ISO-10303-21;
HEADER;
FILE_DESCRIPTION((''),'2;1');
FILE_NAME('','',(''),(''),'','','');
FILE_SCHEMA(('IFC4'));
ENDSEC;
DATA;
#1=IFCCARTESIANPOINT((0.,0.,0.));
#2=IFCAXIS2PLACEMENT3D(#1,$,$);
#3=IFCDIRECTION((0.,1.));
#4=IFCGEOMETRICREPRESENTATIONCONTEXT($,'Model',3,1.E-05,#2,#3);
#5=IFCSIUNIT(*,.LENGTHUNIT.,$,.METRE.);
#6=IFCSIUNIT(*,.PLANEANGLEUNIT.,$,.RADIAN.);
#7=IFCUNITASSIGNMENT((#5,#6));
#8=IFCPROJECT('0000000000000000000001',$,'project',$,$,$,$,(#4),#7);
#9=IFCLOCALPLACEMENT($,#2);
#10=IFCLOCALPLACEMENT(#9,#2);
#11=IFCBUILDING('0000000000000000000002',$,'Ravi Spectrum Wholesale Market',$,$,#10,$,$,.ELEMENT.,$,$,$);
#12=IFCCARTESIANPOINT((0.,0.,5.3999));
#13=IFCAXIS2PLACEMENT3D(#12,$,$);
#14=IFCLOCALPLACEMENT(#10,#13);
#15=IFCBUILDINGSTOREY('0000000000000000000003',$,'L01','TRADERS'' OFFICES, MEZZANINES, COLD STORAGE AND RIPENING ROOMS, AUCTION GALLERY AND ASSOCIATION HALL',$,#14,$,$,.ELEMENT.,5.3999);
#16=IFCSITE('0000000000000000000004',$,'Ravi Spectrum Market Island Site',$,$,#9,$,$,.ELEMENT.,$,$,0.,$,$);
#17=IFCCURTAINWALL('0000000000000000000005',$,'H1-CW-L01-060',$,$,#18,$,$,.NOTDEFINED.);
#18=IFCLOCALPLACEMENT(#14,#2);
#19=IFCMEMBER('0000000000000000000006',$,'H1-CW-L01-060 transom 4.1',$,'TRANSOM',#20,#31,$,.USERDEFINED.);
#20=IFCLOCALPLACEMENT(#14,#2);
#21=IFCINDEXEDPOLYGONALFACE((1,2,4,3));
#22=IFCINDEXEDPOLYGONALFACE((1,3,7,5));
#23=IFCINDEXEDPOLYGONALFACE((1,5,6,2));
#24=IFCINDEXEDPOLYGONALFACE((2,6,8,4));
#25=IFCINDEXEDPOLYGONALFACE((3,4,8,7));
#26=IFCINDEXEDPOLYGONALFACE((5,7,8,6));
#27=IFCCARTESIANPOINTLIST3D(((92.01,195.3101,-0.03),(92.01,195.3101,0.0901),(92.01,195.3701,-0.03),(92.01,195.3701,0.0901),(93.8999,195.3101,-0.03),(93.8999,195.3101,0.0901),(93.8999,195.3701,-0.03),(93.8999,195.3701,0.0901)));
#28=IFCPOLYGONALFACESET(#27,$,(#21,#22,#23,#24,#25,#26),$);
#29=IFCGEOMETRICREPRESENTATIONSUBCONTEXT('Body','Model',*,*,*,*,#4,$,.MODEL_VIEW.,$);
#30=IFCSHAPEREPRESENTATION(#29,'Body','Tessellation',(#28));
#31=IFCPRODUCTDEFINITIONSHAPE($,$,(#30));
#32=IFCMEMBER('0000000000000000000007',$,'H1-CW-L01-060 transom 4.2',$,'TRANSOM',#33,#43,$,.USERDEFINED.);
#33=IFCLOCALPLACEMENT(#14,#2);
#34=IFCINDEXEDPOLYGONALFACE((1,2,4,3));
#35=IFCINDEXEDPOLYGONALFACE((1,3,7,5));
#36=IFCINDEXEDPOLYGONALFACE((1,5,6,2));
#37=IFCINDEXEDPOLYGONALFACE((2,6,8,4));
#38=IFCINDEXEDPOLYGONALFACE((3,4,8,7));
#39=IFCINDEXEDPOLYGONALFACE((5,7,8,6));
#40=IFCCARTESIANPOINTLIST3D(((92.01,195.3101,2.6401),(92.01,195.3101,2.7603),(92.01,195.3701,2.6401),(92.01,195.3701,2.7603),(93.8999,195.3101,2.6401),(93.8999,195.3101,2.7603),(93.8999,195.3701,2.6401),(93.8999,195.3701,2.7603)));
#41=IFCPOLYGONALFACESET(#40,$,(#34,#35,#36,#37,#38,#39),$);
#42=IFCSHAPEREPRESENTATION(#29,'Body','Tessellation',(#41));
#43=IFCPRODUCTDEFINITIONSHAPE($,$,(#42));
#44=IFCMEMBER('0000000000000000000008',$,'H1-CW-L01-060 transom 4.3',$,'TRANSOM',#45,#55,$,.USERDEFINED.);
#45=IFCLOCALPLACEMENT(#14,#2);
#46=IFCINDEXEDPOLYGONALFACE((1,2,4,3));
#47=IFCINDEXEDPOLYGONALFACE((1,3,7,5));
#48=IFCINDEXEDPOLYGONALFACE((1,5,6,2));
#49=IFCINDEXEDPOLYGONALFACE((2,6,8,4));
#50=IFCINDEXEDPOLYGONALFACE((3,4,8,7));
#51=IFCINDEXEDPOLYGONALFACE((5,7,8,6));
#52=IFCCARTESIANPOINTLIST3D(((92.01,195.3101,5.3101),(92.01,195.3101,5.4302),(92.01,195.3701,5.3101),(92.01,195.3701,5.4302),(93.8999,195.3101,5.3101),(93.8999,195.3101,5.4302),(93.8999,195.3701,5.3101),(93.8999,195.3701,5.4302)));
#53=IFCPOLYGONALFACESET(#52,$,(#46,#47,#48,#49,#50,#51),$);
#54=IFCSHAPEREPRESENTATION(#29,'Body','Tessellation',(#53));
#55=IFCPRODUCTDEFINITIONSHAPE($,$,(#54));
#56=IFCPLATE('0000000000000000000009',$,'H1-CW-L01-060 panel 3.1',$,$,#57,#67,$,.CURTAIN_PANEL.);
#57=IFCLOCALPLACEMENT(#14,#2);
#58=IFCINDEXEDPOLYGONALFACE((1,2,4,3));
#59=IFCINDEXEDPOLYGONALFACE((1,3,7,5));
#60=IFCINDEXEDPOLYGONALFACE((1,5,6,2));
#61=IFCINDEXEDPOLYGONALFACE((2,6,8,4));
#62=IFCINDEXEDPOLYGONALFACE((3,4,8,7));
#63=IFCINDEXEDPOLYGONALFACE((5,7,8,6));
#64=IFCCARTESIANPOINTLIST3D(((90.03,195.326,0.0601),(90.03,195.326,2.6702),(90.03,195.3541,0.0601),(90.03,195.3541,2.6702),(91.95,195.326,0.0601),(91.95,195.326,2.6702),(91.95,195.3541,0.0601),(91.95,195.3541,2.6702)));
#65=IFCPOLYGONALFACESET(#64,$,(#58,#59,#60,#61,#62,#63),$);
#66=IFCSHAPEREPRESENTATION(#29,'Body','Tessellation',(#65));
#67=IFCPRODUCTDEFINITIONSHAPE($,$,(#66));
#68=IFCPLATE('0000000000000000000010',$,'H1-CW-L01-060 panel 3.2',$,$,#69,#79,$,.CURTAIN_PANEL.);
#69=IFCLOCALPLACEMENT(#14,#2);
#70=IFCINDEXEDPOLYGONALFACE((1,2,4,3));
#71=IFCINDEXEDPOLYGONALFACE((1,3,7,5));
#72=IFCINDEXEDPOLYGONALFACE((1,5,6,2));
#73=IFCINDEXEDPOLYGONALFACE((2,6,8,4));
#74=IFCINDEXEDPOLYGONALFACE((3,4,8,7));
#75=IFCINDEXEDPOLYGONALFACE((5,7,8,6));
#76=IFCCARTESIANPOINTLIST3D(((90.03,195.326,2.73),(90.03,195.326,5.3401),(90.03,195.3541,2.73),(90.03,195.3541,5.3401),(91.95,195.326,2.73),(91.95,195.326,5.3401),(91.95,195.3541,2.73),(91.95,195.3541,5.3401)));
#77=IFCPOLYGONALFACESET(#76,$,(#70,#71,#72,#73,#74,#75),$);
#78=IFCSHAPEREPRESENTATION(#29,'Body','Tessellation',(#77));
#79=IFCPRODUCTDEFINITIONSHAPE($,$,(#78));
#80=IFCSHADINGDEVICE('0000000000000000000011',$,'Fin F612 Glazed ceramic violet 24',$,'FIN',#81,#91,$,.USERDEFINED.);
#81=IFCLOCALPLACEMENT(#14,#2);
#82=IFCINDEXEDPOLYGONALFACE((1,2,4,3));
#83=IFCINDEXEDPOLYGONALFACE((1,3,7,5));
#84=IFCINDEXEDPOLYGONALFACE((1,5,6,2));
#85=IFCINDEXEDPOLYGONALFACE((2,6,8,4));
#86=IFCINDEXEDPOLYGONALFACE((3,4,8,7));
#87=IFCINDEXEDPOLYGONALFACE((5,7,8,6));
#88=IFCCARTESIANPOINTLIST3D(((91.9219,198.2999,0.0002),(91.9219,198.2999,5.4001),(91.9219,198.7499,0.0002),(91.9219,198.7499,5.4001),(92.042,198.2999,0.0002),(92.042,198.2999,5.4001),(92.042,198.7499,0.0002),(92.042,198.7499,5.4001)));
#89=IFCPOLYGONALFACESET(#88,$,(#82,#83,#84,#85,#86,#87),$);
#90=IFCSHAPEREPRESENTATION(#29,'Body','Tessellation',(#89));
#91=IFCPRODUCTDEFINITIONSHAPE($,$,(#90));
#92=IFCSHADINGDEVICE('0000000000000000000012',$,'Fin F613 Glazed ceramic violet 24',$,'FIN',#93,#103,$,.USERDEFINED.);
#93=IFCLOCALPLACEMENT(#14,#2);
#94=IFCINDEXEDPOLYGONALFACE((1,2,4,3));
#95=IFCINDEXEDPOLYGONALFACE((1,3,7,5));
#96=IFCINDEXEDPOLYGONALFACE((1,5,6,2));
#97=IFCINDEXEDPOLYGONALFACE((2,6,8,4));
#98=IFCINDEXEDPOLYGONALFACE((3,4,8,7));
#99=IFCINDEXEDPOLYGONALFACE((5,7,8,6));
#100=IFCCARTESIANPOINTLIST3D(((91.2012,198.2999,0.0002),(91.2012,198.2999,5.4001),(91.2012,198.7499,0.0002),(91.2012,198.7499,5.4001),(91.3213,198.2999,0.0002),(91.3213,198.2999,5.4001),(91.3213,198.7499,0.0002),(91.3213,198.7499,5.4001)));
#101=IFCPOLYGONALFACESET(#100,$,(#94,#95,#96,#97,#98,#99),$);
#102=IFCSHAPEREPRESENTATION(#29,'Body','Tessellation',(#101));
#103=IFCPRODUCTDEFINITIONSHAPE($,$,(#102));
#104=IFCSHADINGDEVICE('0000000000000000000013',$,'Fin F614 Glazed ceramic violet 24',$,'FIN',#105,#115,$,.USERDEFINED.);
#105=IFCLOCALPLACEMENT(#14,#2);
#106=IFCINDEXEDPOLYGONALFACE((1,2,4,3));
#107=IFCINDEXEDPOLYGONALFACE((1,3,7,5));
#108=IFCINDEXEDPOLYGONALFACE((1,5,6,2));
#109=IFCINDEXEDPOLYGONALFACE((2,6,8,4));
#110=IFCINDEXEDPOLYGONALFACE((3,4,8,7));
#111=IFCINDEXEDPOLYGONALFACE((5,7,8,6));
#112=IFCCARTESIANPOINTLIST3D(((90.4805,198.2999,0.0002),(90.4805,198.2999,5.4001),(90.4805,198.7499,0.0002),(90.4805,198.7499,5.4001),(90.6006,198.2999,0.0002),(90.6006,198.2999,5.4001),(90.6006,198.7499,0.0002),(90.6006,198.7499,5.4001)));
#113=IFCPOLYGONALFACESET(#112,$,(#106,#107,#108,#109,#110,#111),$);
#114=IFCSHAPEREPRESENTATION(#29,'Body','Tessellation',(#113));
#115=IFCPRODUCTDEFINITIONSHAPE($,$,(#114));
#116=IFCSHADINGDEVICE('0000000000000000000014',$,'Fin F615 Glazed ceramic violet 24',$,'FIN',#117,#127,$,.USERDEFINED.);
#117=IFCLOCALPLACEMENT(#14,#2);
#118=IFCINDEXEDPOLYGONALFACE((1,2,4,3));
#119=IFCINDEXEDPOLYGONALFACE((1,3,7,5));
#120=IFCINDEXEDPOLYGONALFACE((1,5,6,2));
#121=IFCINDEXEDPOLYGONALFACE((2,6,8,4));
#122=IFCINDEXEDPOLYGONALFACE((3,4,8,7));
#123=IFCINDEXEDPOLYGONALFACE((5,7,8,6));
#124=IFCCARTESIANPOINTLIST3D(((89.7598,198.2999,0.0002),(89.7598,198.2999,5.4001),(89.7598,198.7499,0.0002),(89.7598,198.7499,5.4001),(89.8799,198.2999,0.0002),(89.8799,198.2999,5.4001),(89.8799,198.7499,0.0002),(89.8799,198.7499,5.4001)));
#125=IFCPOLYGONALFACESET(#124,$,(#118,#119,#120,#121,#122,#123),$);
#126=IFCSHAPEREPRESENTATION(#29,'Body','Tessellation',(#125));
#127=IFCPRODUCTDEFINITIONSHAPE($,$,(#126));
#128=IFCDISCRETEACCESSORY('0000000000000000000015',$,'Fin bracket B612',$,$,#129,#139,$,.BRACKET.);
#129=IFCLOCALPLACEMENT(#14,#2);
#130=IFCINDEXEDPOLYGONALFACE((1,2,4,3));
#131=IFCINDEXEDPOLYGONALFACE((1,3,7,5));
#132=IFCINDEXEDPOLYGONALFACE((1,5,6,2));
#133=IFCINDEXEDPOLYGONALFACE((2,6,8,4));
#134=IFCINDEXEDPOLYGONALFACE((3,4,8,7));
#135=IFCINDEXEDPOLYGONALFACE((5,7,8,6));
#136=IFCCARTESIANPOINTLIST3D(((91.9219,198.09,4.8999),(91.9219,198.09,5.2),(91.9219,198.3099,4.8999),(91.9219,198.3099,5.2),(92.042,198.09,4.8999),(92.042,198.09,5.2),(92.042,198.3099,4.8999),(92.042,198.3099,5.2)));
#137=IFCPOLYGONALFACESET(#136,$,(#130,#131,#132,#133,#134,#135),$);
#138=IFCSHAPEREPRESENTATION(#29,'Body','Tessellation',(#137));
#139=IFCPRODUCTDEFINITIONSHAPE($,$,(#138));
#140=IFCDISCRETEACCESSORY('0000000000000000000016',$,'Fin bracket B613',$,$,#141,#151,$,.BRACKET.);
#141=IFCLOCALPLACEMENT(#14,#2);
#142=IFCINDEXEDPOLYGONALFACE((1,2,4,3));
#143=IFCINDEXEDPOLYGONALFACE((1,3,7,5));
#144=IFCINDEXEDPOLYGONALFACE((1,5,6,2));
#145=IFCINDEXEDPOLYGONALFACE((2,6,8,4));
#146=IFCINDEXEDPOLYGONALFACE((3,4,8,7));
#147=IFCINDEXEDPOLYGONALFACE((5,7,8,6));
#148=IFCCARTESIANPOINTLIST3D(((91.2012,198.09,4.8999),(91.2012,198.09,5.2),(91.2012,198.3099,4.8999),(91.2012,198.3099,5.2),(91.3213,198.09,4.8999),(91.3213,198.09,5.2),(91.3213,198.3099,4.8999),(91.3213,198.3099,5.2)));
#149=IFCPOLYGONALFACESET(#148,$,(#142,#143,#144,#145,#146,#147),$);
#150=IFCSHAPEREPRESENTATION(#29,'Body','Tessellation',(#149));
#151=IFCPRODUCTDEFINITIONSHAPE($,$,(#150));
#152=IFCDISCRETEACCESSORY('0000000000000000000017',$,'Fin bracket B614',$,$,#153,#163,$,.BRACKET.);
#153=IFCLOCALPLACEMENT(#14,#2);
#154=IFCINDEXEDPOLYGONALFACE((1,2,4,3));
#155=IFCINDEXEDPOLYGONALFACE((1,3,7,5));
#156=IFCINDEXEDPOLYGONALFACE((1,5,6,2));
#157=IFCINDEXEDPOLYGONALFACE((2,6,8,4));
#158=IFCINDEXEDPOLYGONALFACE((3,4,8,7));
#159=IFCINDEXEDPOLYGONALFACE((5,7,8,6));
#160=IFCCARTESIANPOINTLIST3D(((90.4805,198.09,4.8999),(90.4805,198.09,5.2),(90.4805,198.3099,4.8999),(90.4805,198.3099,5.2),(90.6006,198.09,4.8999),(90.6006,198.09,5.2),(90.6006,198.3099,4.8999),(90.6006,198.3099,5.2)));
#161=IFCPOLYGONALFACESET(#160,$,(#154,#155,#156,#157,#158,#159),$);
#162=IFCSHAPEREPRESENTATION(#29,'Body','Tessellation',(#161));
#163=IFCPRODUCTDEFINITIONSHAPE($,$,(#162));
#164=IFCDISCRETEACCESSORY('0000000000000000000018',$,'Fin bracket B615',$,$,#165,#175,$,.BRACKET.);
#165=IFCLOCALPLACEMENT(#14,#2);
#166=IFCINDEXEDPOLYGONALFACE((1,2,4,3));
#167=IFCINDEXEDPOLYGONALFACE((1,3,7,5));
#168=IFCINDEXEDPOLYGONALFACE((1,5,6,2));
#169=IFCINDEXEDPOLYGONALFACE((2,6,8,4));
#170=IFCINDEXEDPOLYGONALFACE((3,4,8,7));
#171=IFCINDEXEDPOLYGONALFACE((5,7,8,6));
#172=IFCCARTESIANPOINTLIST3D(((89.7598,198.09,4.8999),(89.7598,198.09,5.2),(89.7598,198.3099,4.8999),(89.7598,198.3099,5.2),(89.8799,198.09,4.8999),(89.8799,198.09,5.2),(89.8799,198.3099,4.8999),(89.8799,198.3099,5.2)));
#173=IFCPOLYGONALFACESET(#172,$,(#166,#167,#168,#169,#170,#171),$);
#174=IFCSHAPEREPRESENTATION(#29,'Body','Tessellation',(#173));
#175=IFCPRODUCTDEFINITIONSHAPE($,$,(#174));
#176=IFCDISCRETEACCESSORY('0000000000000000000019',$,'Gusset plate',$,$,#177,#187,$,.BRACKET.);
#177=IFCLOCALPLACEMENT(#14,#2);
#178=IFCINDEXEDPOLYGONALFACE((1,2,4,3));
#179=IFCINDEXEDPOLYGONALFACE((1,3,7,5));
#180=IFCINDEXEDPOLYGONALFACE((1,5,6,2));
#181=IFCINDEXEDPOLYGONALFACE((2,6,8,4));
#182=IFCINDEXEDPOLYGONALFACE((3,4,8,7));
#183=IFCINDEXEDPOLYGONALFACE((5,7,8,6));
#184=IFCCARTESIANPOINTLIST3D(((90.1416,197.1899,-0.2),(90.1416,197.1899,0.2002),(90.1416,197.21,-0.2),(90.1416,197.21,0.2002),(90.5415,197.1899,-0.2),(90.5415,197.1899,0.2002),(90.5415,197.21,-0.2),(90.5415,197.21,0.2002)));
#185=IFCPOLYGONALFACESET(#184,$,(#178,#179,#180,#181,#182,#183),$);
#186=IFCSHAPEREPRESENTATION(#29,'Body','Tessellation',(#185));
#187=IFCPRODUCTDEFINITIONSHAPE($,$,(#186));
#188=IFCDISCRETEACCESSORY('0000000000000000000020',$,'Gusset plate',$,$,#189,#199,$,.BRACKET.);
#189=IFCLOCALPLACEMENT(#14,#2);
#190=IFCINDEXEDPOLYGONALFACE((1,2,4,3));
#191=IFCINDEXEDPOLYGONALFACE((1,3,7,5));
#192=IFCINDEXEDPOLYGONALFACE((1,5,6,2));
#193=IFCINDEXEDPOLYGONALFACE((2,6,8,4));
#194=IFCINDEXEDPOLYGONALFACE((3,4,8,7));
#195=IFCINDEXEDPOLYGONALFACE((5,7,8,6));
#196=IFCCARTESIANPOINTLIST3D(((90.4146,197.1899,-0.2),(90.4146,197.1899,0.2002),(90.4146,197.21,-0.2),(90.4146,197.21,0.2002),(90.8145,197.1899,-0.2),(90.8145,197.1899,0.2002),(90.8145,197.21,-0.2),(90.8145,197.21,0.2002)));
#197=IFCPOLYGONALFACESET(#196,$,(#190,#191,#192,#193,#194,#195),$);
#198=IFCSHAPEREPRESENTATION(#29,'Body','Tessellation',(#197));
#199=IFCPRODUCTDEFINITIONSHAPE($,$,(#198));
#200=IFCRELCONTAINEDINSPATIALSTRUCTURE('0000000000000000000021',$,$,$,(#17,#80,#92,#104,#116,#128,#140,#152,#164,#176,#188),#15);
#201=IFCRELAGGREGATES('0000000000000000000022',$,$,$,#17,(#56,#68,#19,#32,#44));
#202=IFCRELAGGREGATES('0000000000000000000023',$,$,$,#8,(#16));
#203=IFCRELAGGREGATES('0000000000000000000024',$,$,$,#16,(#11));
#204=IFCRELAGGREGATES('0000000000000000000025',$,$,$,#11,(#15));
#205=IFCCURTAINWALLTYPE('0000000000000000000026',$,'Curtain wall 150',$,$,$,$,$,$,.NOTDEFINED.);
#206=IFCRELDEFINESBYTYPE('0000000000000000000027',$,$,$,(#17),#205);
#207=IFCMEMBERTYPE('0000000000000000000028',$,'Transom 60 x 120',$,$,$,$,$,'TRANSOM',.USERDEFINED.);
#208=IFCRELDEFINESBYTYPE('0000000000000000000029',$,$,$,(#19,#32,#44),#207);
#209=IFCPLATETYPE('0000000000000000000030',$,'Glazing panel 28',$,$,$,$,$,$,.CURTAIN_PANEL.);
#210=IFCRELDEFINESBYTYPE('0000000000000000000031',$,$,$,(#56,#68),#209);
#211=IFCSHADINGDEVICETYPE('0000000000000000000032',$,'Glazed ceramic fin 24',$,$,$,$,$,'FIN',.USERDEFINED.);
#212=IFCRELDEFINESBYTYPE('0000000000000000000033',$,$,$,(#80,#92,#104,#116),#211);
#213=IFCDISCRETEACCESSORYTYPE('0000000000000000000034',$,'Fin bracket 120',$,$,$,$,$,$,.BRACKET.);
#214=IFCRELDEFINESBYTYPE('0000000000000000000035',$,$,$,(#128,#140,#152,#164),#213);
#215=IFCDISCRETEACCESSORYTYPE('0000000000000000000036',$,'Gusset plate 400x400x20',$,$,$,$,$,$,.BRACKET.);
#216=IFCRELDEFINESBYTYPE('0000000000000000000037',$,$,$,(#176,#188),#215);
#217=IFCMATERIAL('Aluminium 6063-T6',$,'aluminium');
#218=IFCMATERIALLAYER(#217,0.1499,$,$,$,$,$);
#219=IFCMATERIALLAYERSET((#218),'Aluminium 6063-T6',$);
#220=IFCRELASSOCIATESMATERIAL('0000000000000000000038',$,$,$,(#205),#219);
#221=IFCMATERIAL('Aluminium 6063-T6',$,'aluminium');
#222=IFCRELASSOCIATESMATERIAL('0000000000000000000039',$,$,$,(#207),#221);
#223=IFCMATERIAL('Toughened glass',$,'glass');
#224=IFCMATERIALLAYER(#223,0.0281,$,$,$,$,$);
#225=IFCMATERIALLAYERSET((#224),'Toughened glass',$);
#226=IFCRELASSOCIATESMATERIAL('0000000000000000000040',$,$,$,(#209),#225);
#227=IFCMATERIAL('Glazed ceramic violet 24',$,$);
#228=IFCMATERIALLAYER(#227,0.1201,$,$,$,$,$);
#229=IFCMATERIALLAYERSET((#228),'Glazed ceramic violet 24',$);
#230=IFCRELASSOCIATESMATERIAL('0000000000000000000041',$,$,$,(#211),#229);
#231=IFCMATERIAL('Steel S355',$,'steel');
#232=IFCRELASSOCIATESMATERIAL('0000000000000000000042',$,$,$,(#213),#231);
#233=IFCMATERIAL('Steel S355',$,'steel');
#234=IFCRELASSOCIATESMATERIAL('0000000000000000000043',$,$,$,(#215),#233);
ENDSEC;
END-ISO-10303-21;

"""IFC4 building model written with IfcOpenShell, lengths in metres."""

from ifc_helpers import new_model, si_unit, direction, frame, origin, origin_2d, place, context, subcontext, project, spatial, rectangle, extrude, material, layer, layer_set, material_profile, profile_set, type_object, element, aggregate, save


model = new_model("IFC4")

# Units and contexts
model_context = context("Model", 3, precision=1e-05, world=origin(), true_north=direction((0.0, 1.0)))
body_context = subcontext(model_context, "Body", "Model", "MODEL_VIEW")
ifc_project = project(units=[si_unit("LENGTHUNIT", "METRE"), si_unit("PLANEANGLEUNIT", "RADIAN")], contexts=[model_context])

# Site, building, storey
site_placement = place(None, origin())
site = spatial("IfcSite", under=ifc_project, at=site_placement, Name="Ravi Spectrum Market Island Site", CompositionType="ELEMENT", RefElevation=0.0)
building_placement = place(site_placement, origin())
building = spatial("IfcBuilding", under=site, at=building_placement, Name="Ravi Spectrum Wholesale Market", CompositionType="ELEMENT")
storey_placement = place(building_placement, frame((0.0, 0.0, 5.3999)))
storey = spatial("IfcBuildingStorey", under=building, at=storey_placement, Name="L01", Description="TRADERS' OFFICES, MEZZANINES, COLD STORAGE AND RIPENING ROOMS, AUCTION GALLERY AND ASSOCIATION HALL", CompositionType="ELEMENT", Elevation=5.3999)

# Curtain wall
ifc_material_1 = material(Name="Aluminium 6063-T6", Category="aluminium")
ifc_layer_1 = layer(ifc_material_1, 0.1499)
ifc_layer_set_1 = layer_set([ifc_layer_1], Name="Aluminium 6063-T6")
curtain_wall_type = type_object("IfcCurtainWallType", Name="Curtain wall 150", PredefinedType="NOTDEFINED", material=ifc_layer_set_1)
curtain_wall_placement = place(storey_placement, origin())
curtain_wall = element("IfcCurtainWall", 1, at=curtain_wall_placement, inside=storey, type_object=curtain_wall_type, Name="H1-CW-L01-060", PredefinedType="NOTDEFINED")

# Members
ifc_material_2 = material(Name="Aluminium 6063-T6", Category="aluminium")
ifc_material_profile_1 = material_profile(ifc_material_2, rectangle(XDim=0.0601, YDim=0.1201, at=origin_2d()))
ifc_profile_set_1 = profile_set([ifc_material_profile_1], Name="Aluminium 6063-T6")
member_type_1 = type_object("IfcMemberType", Name="Transom 60 x 120", ElementType="TRANSOM", PredefinedType="USERDEFINED", material=ifc_profile_set_1)
member_1_placement = place(storey_placement, frame((92.01, 195.3401, 0.03), z_axis=(1.0, 0.0, 0.0), x_axis=(0.0, 1.0, 0.0)))
member_1 = element("IfcMember", 2, at=member_1_placement, type_object=member_type_1, Name="H1-CW-L01-060 transom 4.1", ObjectType="TRANSOM", PredefinedType="USERDEFINED", context=body_context, shape_type="SweptSolid", body=[
    extrude(rectangle(XDim=0.0601, YDim=0.1201, at=origin_2d()), origin(), (0.0, 0.0, 1.0), 1.8899),
])
member_2_placement = place(storey_placement, frame((92.01, 195.3401, 2.7002), z_axis=(1.0, 0.0, 0.0), x_axis=(0.0, 1.0, 0.0)))
member_2 = element("IfcMember", 3, at=member_2_placement, type_object=member_type_1, Name="H1-CW-L01-060 transom 4.2", ObjectType="TRANSOM", PredefinedType="USERDEFINED", context=body_context, shape_type="SweptSolid", body=[
    extrude(rectangle(XDim=0.0601, YDim=0.1201, at=origin_2d()), origin(), (0.0, 0.0, 1.0), 1.8899),
])
member_3_placement = place(storey_placement, frame((92.01, 195.3401, 5.3701), z_axis=(1.0, 0.0, 0.0), x_axis=(0.0, 1.0, 0.0)))
member_3 = element("IfcMember", 4, at=member_3_placement, type_object=member_type_1, Name="H1-CW-L01-060 transom 4.3", ObjectType="TRANSOM", PredefinedType="USERDEFINED", context=body_context, shape_type="SweptSolid", body=[
    extrude(rectangle(XDim=0.0601, YDim=0.1201, at=origin_2d()), origin(), (0.0, 0.0, 1.0), 1.8899),
])

# Plates
ifc_material_3 = material(Name="Toughened glass", Category="glass")
ifc_layer_2 = layer(ifc_material_3, 0.0281)
ifc_layer_set_2 = layer_set([ifc_layer_2], Name="Toughened glass")
plate_type = type_object("IfcPlateType", Name="Glazing panel 28", PredefinedType="CURTAIN_PANEL", material=ifc_layer_set_2)
plate_1_placement = place(storey_placement, frame((90.99, 195.3401, 0.0601), z_axis=(0.0, 0.0, 1.0), x_axis=(1.0, 0.0, 0.0)))
plate_1 = element("IfcPlate", 5, at=plate_1_placement, type_object=plate_type, Name="H1-CW-L01-060 panel 3.1", PredefinedType="CURTAIN_PANEL", context=body_context, shape_type="SweptSolid", body=[
    extrude(rectangle(XDim=1.9199, YDim=0.0281, at=origin_2d()), origin(), (0.0, 0.0, 1.0), 2.6101),
])
plate_2_placement = place(storey_placement, frame((90.99, 195.3401, 2.73), z_axis=(0.0, 0.0, 1.0), x_axis=(1.0, 0.0, 0.0)))
plate_2 = element("IfcPlate", 6, at=plate_2_placement, type_object=plate_type, Name="H1-CW-L01-060 panel 3.2", PredefinedType="CURTAIN_PANEL", context=body_context, shape_type="SweptSolid", body=[
    extrude(rectangle(XDim=1.9199, YDim=0.0281, at=origin_2d()), origin(), (0.0, 0.0, 1.0), 2.6101),
])
aggregate(curtain_wall, [plate_1, plate_2, member_1, member_2, member_3])

# Shading devices
ifc_material_4 = material(Name="Glazed ceramic violet 24")
ifc_layer_3 = layer(ifc_material_4, 0.1201)
ifc_layer_set_3 = layer_set([ifc_layer_3], Name="Glazed ceramic violet 24")
shading_device_type = type_object("IfcShadingDeviceType", Name="Glazed ceramic fin 24", ElementType="FIN", PredefinedType="USERDEFINED", material=ifc_layer_set_3)
for number, where, z_axis, x_axis, name in (
    (7, (91.9819, 198.5249, 0.0002), (0.0, 0.0, 1.0), (-1.0, 0.0, 0.0), "Fin F612 Glazed ceramic violet 24"),
    (8, (91.2612, 198.5249, 0.0002), (0.0, 0.0, 1.0), (-1.0, 0.0, 0.0), "Fin F613 Glazed ceramic violet 24"),
    (9, (90.5405, 198.5249, 0.0002), (0.0, 0.0, 1.0), (-1.0, 0.0, 0.0), "Fin F614 Glazed ceramic violet 24"),
    (10, (89.8198, 198.5249, 0.0002), (0.0, 0.0, 1.0), (-1.0, 0.0, 0.0), "Fin F615 Glazed ceramic violet 24"),
):
    element("IfcShadingDevice", number, at=place(storey_placement, frame(where, z_axis=z_axis, x_axis=x_axis)), inside=storey, type_object=shading_device_type, Name=name, ObjectType="FIN", PredefinedType="USERDEFINED", context=body_context, shape_type="SweptSolid", body=[
        extrude(rectangle(XDim=0.1201, YDim=0.45, at=origin_2d()), origin(), (0.0, 0.0, 1.0), 5.3999),
    ])

# Discrete accessories
ifc_material_5 = material(Name="Steel S355", Category="steel")
discrete_accessory_type_1 = type_object("IfcDiscreteAccessoryType", Name="Fin bracket 120", PredefinedType="BRACKET", material=ifc_material_5)
for number, where, z_axis, x_axis, name in (
    (11, (91.9819, 198.2, 4.8999), (0.0, 0.0, 1.0), (-1.0, 0.0, 0.0), "Fin bracket B612"),
    (12, (91.2612, 198.2, 4.8999), (0.0, 0.0, 1.0), (-1.0, 0.0, 0.0), "Fin bracket B613"),
    (13, (90.5405, 198.2, 4.8999), (0.0, 0.0, 1.0), (-1.0, 0.0, 0.0), "Fin bracket B614"),
    (14, (89.8198, 198.2, 4.8999), (0.0, 0.0, 1.0), (-1.0, 0.0, 0.0), "Fin bracket B615"),
):
    element("IfcDiscreteAccessory", number, at=place(storey_placement, frame(where, z_axis=z_axis, x_axis=x_axis)), inside=storey, type_object=discrete_accessory_type_1, Name=name, PredefinedType="BRACKET", context=body_context, shape_type="SweptSolid", body=[
        extrude(rectangle(XDim=0.1201, YDim=0.22, at=origin_2d()), origin(), (0.0, 0.0, 1.0), 0.3),
    ])
ifc_material_6 = material(Name="Steel S355", Category="steel")
ifc_material_profile_2 = material_profile(ifc_material_6, rectangle(XDim=0.3999, YDim=0.02, at=origin_2d()))
ifc_profile_set_2 = profile_set([ifc_material_profile_2], Name="Steel S355")
discrete_accessory_type_2 = type_object("IfcDiscreteAccessoryType", Name="Gusset plate 400x400x20", PredefinedType="BRACKET", material=ifc_profile_set_2)
for number, where, z_axis, x_axis, name in (
    (15, (90.3416, 197.2, -0.2), (0.0, 0.0, 1.0), (1.0, 0.0, 0.0), "Gusset plate"),
    (16, (90.6145, 197.2, -0.2), (0.0, 0.0, 1.0), (1.0, 0.0, 0.0), "Gusset plate"),
):
    element("IfcDiscreteAccessory", number, at=place(storey_placement, frame(where, z_axis=z_axis, x_axis=x_axis)), inside=storey, type_object=discrete_accessory_type_2, Name=name, PredefinedType="BRACKET", context=body_context, shape_type="SweptSolid", body=[
        extrude(rectangle(XDim=0.3999, YDim=0.02, at=origin_2d()), origin(), (0.0, 0.0, 1.0), 0.4001),
    ])

save(model, "model.ifc")
